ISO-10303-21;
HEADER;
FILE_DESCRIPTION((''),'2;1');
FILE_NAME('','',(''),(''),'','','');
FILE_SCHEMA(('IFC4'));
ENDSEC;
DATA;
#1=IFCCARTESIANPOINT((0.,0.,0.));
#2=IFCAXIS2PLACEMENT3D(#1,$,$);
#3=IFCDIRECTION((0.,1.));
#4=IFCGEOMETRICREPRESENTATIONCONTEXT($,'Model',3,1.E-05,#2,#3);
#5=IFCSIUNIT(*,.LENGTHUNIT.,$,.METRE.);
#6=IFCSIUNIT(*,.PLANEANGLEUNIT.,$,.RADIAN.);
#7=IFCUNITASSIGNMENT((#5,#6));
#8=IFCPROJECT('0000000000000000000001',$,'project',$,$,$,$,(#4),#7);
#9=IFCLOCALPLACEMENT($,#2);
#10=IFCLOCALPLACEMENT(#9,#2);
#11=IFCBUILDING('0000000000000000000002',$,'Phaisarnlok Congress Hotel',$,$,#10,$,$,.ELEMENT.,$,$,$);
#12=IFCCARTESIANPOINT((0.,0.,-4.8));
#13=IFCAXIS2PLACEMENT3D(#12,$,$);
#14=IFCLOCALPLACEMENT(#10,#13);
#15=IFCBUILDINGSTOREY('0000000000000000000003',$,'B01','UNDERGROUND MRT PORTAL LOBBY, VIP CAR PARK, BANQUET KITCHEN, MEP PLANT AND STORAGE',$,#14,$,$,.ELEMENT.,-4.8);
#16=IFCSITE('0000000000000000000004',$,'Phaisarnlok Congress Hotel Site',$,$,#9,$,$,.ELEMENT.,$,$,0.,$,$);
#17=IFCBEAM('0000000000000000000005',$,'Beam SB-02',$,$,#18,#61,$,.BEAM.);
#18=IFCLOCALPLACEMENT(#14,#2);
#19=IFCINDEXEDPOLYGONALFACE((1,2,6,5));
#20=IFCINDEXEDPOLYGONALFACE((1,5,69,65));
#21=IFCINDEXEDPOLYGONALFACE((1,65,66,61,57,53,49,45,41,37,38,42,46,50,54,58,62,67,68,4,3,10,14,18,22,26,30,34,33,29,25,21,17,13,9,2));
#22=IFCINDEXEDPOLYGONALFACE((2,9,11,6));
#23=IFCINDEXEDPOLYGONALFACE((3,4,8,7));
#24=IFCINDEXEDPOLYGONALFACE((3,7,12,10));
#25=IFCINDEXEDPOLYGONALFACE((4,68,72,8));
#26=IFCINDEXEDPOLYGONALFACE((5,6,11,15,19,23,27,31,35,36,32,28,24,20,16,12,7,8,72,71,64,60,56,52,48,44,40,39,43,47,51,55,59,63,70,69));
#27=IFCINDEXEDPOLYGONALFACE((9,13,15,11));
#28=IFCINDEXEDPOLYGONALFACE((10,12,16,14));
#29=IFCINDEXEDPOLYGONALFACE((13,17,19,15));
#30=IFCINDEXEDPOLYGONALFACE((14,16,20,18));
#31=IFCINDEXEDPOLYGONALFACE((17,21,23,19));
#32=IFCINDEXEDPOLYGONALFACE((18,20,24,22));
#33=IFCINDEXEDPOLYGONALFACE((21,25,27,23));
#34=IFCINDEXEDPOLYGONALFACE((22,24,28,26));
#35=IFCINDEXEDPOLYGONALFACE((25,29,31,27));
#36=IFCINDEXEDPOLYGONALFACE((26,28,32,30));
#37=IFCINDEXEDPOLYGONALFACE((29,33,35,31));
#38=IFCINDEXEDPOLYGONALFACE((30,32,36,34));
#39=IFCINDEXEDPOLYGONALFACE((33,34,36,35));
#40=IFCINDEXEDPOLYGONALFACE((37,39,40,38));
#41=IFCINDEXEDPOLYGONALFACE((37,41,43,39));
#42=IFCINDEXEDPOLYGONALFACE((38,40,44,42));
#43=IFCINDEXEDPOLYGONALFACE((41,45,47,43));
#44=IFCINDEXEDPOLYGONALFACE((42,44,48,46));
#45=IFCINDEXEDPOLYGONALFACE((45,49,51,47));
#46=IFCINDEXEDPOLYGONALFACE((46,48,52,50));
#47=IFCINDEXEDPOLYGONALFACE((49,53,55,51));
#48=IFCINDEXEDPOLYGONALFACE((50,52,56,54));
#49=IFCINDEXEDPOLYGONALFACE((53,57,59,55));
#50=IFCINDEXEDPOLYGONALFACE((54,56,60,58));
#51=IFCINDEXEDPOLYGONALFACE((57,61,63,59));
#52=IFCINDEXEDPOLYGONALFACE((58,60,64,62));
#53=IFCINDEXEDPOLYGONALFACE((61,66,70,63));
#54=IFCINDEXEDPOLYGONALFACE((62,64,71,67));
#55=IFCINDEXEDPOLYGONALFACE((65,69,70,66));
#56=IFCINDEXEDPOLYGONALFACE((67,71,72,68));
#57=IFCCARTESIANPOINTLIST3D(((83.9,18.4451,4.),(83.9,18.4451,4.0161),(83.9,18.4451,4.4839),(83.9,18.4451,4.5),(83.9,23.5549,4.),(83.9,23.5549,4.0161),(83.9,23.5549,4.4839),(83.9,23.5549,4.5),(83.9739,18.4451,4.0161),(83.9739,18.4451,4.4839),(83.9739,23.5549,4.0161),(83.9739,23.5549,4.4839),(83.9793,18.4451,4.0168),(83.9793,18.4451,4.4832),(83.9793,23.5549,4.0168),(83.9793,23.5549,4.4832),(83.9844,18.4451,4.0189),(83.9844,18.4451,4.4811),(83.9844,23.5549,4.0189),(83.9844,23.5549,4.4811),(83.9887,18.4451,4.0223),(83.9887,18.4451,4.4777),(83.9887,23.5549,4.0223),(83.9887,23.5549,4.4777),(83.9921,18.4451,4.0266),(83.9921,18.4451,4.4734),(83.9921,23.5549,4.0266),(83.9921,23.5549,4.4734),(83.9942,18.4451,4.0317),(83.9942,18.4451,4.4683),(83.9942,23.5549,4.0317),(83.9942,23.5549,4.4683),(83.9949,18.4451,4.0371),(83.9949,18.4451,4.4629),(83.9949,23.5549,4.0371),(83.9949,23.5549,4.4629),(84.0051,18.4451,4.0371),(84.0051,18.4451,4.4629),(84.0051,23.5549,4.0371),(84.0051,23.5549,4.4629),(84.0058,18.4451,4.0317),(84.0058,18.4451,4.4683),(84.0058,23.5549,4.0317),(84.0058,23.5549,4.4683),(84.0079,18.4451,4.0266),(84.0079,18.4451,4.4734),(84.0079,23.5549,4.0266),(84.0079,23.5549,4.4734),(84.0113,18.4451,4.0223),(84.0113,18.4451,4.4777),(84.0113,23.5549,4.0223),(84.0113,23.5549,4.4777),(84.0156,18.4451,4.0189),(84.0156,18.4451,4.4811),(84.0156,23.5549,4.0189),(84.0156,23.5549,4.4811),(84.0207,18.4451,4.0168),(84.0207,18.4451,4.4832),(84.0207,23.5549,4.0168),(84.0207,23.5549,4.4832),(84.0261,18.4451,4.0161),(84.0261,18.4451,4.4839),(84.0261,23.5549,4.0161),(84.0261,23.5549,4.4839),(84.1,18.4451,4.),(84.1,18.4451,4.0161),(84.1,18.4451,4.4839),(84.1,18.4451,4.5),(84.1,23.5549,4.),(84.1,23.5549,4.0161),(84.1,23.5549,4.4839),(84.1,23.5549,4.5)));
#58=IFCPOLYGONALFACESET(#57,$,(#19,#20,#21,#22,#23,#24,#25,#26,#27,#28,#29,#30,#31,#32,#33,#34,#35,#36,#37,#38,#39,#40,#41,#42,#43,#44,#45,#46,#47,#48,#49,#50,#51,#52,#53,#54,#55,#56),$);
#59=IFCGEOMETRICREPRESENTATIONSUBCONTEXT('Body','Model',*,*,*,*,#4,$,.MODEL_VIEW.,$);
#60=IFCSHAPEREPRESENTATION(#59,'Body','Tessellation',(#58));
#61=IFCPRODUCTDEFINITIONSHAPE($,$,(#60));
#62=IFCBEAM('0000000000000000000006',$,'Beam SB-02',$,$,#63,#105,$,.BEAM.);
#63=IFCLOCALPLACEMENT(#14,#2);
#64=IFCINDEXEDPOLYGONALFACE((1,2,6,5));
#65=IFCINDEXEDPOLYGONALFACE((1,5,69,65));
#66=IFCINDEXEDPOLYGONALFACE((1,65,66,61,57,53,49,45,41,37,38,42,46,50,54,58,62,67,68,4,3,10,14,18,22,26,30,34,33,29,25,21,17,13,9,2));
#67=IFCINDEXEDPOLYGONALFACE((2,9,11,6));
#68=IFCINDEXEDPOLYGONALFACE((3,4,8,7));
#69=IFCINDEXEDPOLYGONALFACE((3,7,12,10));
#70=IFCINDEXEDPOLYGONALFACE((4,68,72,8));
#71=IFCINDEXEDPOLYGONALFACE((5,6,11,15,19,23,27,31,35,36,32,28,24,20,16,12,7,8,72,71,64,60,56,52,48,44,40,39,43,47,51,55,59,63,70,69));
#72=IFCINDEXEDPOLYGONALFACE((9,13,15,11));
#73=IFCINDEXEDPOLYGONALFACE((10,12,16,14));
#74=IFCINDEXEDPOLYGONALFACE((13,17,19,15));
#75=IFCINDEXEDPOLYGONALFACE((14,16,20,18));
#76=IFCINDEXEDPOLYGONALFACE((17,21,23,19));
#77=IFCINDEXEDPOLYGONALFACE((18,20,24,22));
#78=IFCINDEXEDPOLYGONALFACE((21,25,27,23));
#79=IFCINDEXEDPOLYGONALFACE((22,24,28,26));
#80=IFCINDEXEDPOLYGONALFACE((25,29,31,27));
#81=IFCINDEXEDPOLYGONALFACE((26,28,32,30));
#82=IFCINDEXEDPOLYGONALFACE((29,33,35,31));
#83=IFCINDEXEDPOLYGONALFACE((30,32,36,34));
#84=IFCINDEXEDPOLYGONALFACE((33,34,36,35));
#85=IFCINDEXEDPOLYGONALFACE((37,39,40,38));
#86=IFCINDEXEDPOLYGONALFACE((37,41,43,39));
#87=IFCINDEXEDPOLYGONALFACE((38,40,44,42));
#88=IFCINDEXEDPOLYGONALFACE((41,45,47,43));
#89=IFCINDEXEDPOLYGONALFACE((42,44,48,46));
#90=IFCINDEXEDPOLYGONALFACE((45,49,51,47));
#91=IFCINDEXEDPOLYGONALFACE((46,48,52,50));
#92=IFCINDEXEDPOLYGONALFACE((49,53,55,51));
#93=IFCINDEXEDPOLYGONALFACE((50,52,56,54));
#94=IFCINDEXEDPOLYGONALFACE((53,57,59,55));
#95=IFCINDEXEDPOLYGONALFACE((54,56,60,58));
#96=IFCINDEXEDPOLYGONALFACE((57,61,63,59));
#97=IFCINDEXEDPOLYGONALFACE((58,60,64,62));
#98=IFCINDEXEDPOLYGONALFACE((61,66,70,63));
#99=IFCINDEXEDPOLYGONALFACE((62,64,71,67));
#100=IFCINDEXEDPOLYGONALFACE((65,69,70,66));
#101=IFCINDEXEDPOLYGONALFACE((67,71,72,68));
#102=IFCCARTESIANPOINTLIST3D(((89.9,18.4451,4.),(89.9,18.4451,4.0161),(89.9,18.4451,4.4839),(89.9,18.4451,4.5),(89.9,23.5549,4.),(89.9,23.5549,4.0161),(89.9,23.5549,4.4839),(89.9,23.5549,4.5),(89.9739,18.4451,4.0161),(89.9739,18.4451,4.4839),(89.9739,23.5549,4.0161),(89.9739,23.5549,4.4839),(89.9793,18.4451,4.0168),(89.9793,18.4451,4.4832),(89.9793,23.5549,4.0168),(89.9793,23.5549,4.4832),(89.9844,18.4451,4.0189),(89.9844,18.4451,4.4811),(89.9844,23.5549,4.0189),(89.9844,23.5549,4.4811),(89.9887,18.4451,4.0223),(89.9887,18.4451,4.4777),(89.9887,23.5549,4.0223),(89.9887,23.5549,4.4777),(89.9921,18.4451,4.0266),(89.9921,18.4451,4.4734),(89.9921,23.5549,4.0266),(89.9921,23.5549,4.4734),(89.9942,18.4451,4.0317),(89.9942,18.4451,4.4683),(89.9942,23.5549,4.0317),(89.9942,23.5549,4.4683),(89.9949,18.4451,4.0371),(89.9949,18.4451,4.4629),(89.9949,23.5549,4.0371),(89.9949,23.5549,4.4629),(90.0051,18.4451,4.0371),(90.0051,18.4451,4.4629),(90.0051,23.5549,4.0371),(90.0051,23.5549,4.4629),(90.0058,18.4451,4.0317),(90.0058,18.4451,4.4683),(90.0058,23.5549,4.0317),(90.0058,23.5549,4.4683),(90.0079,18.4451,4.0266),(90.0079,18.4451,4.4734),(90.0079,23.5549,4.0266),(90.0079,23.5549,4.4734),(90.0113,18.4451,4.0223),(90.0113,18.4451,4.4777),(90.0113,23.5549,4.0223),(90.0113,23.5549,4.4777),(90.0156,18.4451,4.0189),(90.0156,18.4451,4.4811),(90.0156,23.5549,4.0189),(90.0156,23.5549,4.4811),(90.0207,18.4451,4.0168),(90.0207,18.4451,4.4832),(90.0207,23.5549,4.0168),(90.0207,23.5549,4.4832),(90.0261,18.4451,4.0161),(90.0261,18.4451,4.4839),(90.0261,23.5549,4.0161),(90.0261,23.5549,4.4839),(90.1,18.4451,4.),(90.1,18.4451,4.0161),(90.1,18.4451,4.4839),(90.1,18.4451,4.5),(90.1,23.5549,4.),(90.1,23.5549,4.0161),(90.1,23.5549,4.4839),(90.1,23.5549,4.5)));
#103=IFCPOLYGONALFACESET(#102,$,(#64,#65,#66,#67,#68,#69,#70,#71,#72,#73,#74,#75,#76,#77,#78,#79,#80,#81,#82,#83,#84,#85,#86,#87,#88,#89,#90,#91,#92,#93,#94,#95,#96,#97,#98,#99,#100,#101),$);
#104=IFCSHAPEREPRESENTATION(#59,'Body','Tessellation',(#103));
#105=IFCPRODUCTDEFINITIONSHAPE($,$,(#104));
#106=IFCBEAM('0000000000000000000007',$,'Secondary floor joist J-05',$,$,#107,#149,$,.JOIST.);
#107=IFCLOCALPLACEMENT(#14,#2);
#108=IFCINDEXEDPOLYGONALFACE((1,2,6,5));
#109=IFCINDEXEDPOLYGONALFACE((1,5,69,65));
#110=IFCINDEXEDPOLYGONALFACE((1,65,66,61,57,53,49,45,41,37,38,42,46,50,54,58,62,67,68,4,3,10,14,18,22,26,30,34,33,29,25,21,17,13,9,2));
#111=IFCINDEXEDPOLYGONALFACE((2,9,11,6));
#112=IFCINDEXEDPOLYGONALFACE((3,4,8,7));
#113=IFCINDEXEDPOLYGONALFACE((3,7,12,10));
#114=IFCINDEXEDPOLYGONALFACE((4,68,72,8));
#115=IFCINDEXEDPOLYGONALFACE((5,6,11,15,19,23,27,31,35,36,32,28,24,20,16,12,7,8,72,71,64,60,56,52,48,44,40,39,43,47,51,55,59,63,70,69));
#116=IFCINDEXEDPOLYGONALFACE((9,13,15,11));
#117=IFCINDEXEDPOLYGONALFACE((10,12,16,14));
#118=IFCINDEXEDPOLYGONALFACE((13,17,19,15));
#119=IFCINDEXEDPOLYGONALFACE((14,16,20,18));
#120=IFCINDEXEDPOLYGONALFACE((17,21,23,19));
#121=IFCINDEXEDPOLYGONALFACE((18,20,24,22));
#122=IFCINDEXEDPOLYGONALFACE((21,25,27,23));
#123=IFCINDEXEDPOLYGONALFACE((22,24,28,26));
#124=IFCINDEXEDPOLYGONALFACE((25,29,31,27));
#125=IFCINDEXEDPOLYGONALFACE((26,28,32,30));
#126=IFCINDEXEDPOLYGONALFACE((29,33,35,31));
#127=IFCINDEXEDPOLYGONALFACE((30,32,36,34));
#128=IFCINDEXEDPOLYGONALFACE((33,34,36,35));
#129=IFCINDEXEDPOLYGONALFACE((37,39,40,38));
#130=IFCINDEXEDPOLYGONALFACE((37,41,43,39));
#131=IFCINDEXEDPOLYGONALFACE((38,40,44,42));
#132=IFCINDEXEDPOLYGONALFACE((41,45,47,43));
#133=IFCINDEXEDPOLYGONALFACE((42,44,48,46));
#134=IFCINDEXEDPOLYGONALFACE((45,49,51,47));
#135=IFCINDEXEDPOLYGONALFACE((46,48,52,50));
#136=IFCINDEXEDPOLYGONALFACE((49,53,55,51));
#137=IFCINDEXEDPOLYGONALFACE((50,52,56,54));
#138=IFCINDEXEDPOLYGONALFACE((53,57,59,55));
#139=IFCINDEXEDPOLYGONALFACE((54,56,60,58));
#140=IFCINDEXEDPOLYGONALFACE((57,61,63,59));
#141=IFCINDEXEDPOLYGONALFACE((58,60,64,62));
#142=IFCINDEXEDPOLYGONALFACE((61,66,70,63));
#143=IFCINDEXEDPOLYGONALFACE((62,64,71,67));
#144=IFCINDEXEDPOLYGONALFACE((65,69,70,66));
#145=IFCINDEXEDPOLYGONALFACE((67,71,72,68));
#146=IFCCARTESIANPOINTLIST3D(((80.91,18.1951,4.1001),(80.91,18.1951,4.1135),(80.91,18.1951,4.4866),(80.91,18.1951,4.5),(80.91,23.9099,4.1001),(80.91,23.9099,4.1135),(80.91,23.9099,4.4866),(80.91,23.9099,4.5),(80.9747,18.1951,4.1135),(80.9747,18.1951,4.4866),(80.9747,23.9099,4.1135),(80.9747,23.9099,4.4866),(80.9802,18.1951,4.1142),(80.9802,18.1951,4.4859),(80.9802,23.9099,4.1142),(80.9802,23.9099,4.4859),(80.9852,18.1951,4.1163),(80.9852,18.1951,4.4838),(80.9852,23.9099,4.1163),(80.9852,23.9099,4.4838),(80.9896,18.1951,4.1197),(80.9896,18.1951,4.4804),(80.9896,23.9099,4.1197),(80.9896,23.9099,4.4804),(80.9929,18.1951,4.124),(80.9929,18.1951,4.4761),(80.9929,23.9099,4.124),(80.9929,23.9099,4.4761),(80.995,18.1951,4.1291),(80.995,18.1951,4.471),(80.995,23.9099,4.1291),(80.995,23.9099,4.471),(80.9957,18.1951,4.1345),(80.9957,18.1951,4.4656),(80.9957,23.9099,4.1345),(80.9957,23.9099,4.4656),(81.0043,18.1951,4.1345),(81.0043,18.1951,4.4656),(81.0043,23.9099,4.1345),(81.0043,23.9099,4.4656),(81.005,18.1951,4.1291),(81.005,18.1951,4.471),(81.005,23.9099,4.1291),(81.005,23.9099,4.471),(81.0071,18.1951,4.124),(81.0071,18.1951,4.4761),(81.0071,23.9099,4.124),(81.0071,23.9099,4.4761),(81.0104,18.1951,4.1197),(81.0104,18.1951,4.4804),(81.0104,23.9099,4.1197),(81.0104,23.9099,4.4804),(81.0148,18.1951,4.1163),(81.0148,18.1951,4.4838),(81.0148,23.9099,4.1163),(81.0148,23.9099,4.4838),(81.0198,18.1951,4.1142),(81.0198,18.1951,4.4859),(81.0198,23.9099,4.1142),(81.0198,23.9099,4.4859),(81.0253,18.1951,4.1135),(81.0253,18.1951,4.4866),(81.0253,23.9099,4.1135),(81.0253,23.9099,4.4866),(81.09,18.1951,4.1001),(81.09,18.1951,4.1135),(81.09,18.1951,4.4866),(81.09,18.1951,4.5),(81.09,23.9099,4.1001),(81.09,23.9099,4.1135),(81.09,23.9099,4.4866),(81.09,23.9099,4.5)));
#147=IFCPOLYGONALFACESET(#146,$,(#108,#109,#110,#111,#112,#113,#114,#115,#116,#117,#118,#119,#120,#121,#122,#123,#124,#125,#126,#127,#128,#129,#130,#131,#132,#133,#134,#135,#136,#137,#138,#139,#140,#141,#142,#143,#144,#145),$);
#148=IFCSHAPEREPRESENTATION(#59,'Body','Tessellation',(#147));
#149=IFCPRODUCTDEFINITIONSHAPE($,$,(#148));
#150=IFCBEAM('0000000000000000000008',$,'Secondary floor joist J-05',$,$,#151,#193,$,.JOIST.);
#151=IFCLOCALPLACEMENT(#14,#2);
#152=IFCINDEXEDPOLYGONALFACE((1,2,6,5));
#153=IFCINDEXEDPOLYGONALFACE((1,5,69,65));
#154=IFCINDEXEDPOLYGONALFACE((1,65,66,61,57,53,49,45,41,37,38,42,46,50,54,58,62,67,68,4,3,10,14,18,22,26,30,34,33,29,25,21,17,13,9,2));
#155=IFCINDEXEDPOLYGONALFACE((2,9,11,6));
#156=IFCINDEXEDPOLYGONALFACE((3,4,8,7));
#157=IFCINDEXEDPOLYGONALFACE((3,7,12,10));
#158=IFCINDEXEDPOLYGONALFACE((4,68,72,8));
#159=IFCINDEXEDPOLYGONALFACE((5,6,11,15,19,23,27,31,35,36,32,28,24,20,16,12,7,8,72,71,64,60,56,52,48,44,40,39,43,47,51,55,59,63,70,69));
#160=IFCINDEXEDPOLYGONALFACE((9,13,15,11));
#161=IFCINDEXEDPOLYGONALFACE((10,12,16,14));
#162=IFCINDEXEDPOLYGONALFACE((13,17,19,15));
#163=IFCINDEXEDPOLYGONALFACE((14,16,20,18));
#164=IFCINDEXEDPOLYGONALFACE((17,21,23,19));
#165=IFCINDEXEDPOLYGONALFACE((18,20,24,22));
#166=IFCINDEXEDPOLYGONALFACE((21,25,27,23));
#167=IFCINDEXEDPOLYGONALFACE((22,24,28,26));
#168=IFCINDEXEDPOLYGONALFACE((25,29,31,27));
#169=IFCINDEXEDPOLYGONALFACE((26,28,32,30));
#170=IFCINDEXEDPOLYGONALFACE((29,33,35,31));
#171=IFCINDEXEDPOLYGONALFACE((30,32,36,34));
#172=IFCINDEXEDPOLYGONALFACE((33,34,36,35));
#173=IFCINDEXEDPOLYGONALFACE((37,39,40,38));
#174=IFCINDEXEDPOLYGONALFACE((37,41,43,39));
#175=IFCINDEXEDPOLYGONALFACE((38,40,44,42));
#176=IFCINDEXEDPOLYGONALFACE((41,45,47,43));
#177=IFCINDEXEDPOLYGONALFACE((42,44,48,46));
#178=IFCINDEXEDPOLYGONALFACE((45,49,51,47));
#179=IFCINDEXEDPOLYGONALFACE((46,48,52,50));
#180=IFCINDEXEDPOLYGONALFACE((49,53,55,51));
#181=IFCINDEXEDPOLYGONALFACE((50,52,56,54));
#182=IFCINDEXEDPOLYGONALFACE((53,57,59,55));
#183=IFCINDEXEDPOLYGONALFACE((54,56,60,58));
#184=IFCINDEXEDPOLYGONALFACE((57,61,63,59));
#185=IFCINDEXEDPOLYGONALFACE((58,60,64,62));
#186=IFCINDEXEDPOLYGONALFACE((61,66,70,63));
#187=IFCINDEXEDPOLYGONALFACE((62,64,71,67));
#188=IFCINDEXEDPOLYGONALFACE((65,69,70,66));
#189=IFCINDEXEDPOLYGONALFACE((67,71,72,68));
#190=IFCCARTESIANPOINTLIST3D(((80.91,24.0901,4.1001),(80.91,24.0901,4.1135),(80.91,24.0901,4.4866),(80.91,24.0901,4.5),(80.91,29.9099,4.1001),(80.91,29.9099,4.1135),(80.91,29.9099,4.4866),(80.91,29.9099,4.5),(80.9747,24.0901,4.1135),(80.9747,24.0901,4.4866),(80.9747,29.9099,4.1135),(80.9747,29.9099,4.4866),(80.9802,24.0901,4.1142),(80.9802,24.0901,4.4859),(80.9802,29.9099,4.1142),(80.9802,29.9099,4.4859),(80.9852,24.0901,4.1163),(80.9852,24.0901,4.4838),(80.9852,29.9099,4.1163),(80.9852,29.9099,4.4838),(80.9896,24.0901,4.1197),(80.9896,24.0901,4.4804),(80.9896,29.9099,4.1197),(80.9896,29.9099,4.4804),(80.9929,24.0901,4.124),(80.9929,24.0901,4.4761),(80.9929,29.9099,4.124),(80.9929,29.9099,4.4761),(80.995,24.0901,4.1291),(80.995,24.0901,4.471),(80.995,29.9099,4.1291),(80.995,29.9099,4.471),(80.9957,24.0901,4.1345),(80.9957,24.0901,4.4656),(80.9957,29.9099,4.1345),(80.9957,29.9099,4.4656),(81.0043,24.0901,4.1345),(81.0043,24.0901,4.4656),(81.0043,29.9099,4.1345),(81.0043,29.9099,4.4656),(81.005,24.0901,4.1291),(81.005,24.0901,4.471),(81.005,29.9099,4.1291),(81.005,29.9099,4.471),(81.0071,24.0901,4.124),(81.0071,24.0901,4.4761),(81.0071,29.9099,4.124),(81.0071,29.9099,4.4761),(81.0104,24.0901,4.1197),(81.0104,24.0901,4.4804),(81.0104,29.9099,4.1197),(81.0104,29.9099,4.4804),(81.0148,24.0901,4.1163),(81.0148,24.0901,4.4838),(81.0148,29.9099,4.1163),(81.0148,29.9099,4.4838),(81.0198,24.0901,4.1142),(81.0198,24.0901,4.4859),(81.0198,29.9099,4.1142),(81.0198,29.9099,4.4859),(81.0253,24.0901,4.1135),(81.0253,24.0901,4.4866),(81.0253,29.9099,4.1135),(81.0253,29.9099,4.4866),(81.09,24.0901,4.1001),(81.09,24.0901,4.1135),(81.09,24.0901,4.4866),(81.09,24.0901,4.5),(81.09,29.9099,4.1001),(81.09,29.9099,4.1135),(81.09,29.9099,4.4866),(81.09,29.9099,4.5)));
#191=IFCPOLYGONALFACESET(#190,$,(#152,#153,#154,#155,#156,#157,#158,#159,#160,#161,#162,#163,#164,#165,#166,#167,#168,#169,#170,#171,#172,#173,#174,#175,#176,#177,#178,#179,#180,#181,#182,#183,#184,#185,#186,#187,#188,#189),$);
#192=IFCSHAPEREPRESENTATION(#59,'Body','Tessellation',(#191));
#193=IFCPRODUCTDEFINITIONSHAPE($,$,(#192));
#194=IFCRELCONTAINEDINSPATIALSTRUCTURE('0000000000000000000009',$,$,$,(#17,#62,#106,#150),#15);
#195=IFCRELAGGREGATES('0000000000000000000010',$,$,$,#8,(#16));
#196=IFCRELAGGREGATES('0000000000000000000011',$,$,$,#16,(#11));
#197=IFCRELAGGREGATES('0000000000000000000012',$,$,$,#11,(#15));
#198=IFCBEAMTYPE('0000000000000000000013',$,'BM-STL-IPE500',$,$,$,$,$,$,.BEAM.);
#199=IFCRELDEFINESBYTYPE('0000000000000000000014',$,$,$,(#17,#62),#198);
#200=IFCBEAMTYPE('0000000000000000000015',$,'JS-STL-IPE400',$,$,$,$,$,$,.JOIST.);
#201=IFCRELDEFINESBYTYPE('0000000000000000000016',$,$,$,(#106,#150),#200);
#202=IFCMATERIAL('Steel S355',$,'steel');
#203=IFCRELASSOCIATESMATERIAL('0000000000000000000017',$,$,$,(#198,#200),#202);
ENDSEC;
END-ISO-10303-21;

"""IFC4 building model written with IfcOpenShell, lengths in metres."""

from ifc_helpers import new_model, si_unit, direction, frame, origin, origin_2d, place, context, subcontext, project, spatial, i_section, extrude, material, material_profile, profile_set, type_object, element, save


model = new_model("IFC4")

# Units and contexts
model_context = context("Model", 3, precision=1e-05, world=origin(), true_north=direction((0.0, 1.0)))
body_context = subcontext(model_context, "Body", "Model", "MODEL_VIEW")
ifc_project = project(units=[si_unit("LENGTHUNIT", "METRE"), si_unit("PLANEANGLEUNIT", "RADIAN")], contexts=[model_context])

# Site, building, storey
site_placement = place(None, origin())
site = spatial("IfcSite", under=ifc_project, at=site_placement, Name="Phaisarnlok Congress Hotel Site", CompositionType="ELEMENT", RefElevation=0.0)
building_placement = place(site_placement, origin())
building = spatial("IfcBuilding", under=site, at=building_placement, Name="Phaisarnlok Congress Hotel", CompositionType="ELEMENT")
storey_placement = place(building_placement, frame((0.0, 0.0, -4.8)))
storey = spatial("IfcBuildingStorey", under=building, at=storey_placement, Name="B01", Description="UNDERGROUND MRT PORTAL LOBBY, VIP CAR PARK, BANQUET KITCHEN, MEP PLANT AND STORAGE", CompositionType="ELEMENT", Elevation=-4.8)

# Beams
ifc_material_1 = material(Name="Steel S355", Category="steel")
ifc_material_profile_1 = material_profile(ifc_material_1, i_section(OverallWidth=0.2, OverallDepth=0.5, WebThickness=0.0103, FlangeThickness=0.0161, FilletRadius=0.021, at=origin_2d()), Name="IPE 500")
ifc_profile_set_1 = profile_set([ifc_material_profile_1], Name="Steel S355")
beam_type_1 = type_object("IfcBeamType", Name="BM-STL-IPE500", PredefinedType="BEAM", material=ifc_profile_set_1)
for number, where, z_axis, x_axis, name in (
    (1, (84.0, 18.4451, 4.25), (0.0, 1.0, 0.0), (-1.0, 0.0, 0.0), "Beam SB-02"),
    (2, (90.0, 18.4451, 4.25), (0.0, 1.0, 0.0), (-1.0, 0.0, 0.0), "Beam SB-02"),
):
    element("IfcBeam", number, at=place(storey_placement, frame(where, z_axis=z_axis, x_axis=x_axis)), inside=storey, type_object=beam_type_1, Name=name, PredefinedType="BEAM", context=body_context, shape_type="SweptSolid", body=[
        extrude(i_section(OverallWidth=0.2, OverallDepth=0.5, WebThickness=0.0103, FlangeThickness=0.0161, FilletRadius=0.021, at=origin_2d()), origin(), (0.0, 0.0, 1.0), 5.1099),
    ])
ifc_material_profile_2 = material_profile(ifc_material_1, i_section(OverallWidth=0.1799, OverallDepth=0.3999, WebThickness=0.0085, FlangeThickness=0.0134, FilletRadius=0.021, at=origin_2d()), Name="IPE 400")
ifc_profile_set_2 = profile_set([ifc_material_profile_2], Name="Steel S355")
beam_type_2 = type_object("IfcBeamType", Name="JS-STL-IPE400", PredefinedType="JOIST", material=ifc_profile_set_2)
beam_1_placement = place(storey_placement, frame((81.0, 18.1951, 4.3), z_axis=(0.0, 1.0, 0.0), x_axis=(-1.0, 0.0, 0.0)))
element("IfcBeam", 3, at=beam_1_placement, inside=storey, type_object=beam_type_2, Name="Secondary floor joist J-05", PredefinedType="JOIST", context=body_context, shape_type="SweptSolid", body=[
    extrude(i_section(OverallWidth=0.1799, OverallDepth=0.3999, WebThickness=0.0085, FlangeThickness=0.0134, FilletRadius=0.021, at=origin_2d()), origin(), (0.0, 0.0, 1.0), 5.7148),
])
beam_2_placement = place(storey_placement, frame((81.0, 24.0901, 4.3), z_axis=(0.0, 1.0, 0.0), x_axis=(-1.0, 0.0, 0.0)))
element("IfcBeam", 4, at=beam_2_placement, inside=storey, type_object=beam_type_2, Name="Secondary floor joist J-05", PredefinedType="JOIST", context=body_context, shape_type="SweptSolid", body=[
    extrude(i_section(OverallWidth=0.1799, OverallDepth=0.3999, WebThickness=0.0085, FlangeThickness=0.0134, FilletRadius=0.021, at=origin_2d()), origin(), (0.0, 0.0, 1.0), 5.8198),
])

save(model, "model.ifc")
